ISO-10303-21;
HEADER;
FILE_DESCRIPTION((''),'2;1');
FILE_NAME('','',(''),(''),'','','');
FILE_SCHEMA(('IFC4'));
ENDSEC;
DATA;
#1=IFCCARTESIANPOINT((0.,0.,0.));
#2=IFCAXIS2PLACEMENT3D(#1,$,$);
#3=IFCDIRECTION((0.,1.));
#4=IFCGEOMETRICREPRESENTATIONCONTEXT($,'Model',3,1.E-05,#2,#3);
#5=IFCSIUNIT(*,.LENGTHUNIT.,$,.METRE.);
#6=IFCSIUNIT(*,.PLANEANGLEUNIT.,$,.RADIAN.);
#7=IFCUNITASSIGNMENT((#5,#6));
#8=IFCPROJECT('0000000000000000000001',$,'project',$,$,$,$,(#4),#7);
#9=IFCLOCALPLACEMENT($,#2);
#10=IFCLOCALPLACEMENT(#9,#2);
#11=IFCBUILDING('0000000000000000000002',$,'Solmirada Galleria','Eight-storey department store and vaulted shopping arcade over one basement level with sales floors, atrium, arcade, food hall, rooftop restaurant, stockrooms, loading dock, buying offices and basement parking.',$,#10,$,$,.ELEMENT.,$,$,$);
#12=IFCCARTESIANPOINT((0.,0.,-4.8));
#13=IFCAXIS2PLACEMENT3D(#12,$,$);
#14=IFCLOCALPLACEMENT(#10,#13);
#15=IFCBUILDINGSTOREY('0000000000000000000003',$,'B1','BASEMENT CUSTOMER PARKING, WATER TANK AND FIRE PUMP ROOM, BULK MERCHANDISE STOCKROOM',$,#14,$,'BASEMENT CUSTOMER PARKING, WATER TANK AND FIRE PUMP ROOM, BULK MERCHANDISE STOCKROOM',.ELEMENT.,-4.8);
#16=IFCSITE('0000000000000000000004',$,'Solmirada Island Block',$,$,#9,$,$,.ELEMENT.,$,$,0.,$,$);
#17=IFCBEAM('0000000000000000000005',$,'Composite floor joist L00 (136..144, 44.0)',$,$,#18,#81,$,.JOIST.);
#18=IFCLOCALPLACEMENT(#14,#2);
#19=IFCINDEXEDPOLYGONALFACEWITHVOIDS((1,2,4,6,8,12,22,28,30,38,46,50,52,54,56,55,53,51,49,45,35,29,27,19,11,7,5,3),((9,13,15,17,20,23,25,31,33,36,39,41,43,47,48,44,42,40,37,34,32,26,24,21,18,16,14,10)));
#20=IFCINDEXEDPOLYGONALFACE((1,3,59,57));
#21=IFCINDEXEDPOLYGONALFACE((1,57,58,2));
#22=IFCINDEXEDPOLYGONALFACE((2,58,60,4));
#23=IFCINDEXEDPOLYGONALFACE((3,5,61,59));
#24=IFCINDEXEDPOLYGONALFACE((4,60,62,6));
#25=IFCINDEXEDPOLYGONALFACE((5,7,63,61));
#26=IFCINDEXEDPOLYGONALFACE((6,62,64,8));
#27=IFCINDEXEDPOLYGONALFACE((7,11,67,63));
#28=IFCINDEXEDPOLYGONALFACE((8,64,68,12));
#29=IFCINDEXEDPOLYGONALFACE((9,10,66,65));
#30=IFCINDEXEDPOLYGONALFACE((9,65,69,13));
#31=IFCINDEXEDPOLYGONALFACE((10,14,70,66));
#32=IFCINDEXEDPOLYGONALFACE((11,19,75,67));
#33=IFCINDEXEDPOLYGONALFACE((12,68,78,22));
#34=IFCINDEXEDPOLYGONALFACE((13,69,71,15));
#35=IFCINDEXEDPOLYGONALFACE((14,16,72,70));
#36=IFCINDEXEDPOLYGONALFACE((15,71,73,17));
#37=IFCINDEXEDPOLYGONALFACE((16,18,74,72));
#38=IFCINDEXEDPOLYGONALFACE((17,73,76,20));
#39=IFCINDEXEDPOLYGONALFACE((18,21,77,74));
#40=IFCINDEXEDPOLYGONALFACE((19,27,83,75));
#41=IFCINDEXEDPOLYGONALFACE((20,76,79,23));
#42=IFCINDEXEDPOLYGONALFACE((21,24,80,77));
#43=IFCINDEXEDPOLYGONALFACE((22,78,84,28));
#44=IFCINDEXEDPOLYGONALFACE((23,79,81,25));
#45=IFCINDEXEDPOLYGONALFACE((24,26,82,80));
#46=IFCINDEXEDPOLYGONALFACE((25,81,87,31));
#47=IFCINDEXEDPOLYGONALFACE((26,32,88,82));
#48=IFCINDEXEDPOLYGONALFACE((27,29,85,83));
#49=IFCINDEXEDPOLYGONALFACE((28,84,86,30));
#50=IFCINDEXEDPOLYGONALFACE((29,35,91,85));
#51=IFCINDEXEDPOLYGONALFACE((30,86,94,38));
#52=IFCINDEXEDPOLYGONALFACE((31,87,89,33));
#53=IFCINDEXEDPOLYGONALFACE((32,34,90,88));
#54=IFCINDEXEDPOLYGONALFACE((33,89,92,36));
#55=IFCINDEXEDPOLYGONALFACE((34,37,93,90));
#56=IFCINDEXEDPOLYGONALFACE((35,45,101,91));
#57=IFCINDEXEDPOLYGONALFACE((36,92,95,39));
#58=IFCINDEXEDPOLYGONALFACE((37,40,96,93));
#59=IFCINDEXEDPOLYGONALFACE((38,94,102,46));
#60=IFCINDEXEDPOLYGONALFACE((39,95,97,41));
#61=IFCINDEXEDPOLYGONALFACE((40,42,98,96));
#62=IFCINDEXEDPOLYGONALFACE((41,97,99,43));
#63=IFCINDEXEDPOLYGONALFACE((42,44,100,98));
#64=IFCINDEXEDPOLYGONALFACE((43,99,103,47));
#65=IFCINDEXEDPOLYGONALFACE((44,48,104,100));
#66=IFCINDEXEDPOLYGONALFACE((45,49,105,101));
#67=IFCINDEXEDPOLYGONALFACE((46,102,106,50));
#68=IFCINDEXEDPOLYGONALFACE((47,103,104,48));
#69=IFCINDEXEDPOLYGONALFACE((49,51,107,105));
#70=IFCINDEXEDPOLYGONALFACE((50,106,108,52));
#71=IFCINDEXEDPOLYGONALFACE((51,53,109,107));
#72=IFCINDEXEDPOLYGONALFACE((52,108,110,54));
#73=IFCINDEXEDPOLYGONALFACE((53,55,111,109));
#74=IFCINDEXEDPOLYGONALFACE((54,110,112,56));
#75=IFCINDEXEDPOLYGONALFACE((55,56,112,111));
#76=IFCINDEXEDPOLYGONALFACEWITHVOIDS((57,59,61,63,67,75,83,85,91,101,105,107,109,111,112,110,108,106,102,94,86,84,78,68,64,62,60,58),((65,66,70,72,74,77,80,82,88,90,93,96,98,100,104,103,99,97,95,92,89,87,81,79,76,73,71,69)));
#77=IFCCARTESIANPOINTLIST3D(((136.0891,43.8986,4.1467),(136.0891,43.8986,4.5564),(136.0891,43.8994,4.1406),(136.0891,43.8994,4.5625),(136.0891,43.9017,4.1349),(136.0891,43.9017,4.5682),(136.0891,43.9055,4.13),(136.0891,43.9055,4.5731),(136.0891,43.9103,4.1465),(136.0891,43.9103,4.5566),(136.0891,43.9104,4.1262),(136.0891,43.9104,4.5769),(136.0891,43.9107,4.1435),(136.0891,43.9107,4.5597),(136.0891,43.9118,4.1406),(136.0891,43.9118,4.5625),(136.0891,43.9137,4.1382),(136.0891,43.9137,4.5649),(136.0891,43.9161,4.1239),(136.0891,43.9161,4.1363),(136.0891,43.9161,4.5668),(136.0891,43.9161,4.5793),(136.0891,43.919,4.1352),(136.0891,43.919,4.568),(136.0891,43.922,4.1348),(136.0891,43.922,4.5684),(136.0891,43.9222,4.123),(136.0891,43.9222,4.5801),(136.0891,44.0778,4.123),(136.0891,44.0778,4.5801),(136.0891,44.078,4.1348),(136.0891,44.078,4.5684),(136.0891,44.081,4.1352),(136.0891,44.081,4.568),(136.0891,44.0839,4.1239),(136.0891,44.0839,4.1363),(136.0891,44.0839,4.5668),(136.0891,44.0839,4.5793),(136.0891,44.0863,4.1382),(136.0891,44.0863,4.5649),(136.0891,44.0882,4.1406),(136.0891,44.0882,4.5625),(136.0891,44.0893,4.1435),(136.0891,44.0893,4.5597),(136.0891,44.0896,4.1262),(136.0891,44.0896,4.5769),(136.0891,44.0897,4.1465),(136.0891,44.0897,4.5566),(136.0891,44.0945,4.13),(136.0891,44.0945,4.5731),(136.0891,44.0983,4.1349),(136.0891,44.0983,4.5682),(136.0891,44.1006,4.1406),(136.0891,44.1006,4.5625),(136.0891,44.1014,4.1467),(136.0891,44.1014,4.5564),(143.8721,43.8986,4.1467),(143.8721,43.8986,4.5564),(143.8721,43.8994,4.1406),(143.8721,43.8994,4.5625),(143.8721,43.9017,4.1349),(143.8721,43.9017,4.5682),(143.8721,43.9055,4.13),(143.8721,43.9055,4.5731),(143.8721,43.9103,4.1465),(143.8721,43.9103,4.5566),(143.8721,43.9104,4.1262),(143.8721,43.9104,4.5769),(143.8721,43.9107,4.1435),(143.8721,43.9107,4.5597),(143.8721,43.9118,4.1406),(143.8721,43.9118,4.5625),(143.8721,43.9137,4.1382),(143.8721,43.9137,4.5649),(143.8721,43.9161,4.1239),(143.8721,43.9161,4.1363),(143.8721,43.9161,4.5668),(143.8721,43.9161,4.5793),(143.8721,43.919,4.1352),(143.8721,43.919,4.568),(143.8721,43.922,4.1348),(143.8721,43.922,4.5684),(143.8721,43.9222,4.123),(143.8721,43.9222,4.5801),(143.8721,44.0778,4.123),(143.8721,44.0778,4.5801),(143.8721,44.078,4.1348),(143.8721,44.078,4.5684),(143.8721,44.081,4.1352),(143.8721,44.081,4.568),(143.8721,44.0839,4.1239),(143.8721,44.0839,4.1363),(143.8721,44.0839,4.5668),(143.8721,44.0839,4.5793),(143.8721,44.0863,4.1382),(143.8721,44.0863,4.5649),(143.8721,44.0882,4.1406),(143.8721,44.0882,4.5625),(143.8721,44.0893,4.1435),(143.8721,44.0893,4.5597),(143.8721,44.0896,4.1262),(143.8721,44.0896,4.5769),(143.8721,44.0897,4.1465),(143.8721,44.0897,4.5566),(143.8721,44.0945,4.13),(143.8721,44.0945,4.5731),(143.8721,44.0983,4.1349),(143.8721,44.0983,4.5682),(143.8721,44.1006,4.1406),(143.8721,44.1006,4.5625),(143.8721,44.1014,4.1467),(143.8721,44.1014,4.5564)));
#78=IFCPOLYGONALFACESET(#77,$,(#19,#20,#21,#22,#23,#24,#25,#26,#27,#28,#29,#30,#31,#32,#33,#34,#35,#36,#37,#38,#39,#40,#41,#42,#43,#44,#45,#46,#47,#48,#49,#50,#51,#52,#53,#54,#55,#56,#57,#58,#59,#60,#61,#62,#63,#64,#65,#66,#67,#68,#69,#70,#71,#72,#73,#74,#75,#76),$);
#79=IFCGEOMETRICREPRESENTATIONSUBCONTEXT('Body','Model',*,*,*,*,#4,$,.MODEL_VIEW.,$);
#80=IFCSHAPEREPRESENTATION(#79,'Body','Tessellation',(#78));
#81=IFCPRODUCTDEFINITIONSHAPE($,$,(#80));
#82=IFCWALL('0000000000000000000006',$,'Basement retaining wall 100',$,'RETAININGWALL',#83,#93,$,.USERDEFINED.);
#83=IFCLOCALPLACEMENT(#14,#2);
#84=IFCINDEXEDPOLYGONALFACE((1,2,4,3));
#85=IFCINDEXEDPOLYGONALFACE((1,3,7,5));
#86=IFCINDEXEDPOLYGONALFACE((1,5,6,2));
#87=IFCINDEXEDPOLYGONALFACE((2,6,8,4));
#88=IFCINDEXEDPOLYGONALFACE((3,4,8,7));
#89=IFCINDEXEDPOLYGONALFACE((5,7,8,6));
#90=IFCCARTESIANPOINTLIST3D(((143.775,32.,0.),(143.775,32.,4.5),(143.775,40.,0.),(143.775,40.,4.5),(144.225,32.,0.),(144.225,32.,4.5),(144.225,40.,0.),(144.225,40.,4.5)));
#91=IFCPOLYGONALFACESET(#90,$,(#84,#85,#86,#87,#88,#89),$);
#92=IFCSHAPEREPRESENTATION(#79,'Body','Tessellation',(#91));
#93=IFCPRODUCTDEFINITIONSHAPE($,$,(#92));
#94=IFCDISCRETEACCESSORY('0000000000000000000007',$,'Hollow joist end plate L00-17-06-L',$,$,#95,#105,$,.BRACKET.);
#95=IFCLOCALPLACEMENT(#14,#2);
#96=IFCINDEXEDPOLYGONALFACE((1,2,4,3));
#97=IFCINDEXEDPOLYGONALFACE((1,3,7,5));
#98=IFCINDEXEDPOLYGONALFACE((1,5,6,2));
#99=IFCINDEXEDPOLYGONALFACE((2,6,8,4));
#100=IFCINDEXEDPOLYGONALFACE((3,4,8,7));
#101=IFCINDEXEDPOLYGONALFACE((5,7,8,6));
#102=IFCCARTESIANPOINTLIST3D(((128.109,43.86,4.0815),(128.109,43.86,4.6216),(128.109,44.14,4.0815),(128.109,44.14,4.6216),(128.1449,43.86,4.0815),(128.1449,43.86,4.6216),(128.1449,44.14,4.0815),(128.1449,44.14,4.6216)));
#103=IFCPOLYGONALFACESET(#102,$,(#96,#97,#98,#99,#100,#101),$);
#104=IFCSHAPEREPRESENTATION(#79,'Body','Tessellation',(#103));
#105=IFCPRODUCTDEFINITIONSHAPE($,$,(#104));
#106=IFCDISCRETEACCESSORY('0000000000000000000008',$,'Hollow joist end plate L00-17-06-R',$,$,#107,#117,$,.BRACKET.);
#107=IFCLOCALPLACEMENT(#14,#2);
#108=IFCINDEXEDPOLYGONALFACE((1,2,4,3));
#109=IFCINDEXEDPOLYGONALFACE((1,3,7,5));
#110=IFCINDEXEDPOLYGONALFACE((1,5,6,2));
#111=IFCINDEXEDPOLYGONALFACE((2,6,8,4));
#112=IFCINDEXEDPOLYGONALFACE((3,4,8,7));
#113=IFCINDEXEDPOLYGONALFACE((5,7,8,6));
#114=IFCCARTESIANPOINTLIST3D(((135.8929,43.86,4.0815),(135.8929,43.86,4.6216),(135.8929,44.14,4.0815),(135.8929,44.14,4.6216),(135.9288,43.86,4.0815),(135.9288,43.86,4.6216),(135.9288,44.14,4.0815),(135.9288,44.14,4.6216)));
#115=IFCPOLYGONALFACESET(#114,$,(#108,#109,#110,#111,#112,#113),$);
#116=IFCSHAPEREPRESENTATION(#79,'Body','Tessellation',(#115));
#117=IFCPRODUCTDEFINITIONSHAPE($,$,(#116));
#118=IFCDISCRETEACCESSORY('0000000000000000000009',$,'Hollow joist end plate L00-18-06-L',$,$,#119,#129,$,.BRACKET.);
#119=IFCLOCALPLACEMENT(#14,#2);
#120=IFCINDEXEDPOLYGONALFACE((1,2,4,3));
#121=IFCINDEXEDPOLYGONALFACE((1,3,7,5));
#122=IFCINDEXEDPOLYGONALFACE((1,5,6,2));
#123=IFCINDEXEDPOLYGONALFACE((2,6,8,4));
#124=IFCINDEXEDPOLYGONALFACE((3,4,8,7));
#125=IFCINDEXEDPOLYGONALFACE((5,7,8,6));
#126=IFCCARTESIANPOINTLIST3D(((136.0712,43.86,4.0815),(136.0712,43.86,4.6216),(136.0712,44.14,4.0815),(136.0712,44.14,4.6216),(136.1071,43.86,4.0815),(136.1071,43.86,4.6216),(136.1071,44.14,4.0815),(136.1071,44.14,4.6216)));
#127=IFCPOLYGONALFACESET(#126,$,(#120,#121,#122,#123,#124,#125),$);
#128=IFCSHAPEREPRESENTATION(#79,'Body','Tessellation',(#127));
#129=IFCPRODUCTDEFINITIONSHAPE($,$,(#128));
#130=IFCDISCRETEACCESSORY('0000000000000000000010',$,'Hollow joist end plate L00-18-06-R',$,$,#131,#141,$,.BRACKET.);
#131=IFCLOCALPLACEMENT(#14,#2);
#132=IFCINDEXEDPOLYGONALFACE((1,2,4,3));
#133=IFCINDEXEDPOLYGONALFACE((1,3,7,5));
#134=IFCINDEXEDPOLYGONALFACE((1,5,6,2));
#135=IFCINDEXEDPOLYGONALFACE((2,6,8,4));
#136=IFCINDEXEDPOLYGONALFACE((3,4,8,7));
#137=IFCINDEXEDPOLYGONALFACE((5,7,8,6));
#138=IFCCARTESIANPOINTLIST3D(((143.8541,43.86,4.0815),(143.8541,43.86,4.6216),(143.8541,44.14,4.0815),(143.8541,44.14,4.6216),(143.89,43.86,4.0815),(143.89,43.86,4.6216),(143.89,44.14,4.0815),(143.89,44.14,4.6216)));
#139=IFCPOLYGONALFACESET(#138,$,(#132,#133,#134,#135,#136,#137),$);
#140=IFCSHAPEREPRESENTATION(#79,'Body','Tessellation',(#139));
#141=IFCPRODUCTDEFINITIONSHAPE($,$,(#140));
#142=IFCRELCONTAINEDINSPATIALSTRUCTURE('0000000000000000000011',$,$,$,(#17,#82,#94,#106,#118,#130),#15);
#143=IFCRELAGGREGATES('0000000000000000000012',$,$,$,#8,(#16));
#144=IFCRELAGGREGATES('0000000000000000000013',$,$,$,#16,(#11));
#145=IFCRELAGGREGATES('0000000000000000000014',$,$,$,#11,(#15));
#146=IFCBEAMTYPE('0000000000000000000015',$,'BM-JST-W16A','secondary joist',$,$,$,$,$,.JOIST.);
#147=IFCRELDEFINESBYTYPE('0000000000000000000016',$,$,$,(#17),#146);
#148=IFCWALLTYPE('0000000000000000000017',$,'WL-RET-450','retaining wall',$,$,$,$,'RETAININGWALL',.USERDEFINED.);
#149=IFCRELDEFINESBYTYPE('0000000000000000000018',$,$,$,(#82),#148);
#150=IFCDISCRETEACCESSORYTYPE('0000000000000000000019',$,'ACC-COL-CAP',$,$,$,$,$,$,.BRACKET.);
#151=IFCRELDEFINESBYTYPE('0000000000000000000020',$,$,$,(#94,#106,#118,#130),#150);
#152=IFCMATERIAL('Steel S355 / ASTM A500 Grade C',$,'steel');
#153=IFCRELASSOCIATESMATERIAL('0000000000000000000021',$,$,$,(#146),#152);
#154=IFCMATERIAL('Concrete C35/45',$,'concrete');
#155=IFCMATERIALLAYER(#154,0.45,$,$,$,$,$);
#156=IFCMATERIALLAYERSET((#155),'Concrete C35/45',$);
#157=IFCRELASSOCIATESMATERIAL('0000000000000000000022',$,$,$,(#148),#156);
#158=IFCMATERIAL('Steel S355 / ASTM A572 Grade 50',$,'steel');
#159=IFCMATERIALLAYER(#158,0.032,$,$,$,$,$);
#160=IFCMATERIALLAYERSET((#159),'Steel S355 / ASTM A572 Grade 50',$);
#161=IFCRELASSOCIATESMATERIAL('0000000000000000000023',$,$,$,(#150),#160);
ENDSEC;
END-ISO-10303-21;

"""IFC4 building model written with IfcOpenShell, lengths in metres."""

from ifc_helpers import new_model, si_unit, direction, frame, frame_2d, origin, origin_2d, place, context, subcontext, project, spatial, rectangle, hollow_rectangle, extrude, material, layer, layer_set, material_profile, profile_set, type_object, element, save


model = new_model("IFC4")

# Units and contexts
model_context = context("Model", 3, precision=1e-05, world=origin(), true_north=direction((0.0, 1.0)))
body_context = subcontext(model_context, "Body", "Model", "MODEL_VIEW")
ifc_project = project(units=[si_unit("LENGTHUNIT", "METRE"), si_unit("PLANEANGLEUNIT", "RADIAN")], contexts=[model_context])

# Site, building, storey
site_placement = place(None, origin())
site = spatial("IfcSite", under=ifc_project, at=site_placement, Name="Solmirada Island Block", CompositionType="ELEMENT", RefElevation=0.0)
building_placement = place(site_placement, origin())
building = spatial("IfcBuilding", under=site, at=building_placement, Name="Solmirada Galleria", Description="Eight-storey department store and vaulted shopping arcade over one basement level with sales floors, atrium, arcade, food hall, rooftop restaurant, stockrooms, loading dock, buying offices and basement parking.", CompositionType="ELEMENT")
storey_placement = place(building_placement, frame((0.0, 0.0, -4.8)))
storey = spatial("IfcBuildingStorey", under=building, at=storey_placement, Name="B1", Description="BASEMENT CUSTOMER PARKING, WATER TANK AND FIRE PUMP ROOM, BULK MERCHANDISE STOCKROOM", LongName="BASEMENT CUSTOMER PARKING, WATER TANK AND FIRE PUMP ROOM, BULK MERCHANDISE STOCKROOM", CompositionType="ELEMENT", Elevation=-4.8)

# Shared definitions
ifc_material_1 = material(Name="Concrete C35/45", Category="concrete")

# Shared definitions
ifc_material_2 = material(Name="Steel S355 / ASTM A500 Grade C", Category="steel")

# Beam
ifc_material_profile_1 = material_profile(ifc_material_2, hollow_rectangle(XDim=0.2029, YDim=0.457, WallThickness=0.0117, InnerFilletRadius=0.0117, OuterFilletRadius=0.0237, at=origin_2d()), Name="HSS18X8X1/2")
ifc_profile_set_1 = profile_set([ifc_material_profile_1], Name="Steel S355 / ASTM A500 Grade C")
beam_type_1 = type_object("IfcBeamType", Name="BM-JST-W16A", Description="secondary joist", PredefinedType="JOIST", material=ifc_profile_set_1)
beam_1_placement = place(storey_placement, frame((136.0891, 44.0, 4.3516), z_axis=(1.0, 0.0, 0.0), x_axis=(0.0, 1.0, 0.0)))
element("IfcBeam", 1, at=beam_1_placement, inside=storey, type_object=beam_type_1, Name="Composite floor joist L00 (136..144, 44.0)", PredefinedType="JOIST", context=body_context, shape_type="SweptSolid", body=[
    extrude(hollow_rectangle(XDim=0.2029, YDim=0.457, WallThickness=0.0117, InnerFilletRadius=0.0117, OuterFilletRadius=0.0237, at=origin_2d()), origin(), (0.0, 0.0, 1.0), 7.783),
])

# Wall
ifc_layer_1 = layer(ifc_material_1, 0.45)
ifc_layer_set_1 = layer_set([ifc_layer_1], Name="Concrete C35/45")
wall_type = type_object("IfcWallType", Name="WL-RET-450", Description="retaining wall", ElementType="RETAININGWALL", PredefinedType="USERDEFINED", material=ifc_layer_set_1)
wall_placement = place(storey_placement, frame((144.0, 40.0, 0.0), z_axis=(0.0, 0.0, 1.0), x_axis=(0.0, -1.0, 0.0)))
element("IfcWall", 2, at=wall_placement, inside=storey, type_object=wall_type, Name="Basement retaining wall 100", ObjectType="RETAININGWALL", PredefinedType="USERDEFINED", context=body_context, shape_type="SweptSolid", body=[
    extrude(rectangle(XDim=8.0, YDim=0.45, at=frame_2d((4.0, 0.0))), origin(), (0.0, 0.0, 1.0), 4.5),
])

# Discrete accessories
ifc_material_3 = material(Name="Steel S355 / ASTM A572 Grade 50", Category="steel")
ifc_layer_2 = layer(ifc_material_3, 0.032)
ifc_layer_set_2 = layer_set([ifc_layer_2], Name="Steel S355 / ASTM A572 Grade 50")
discrete_accessory_type = type_object("IfcDiscreteAccessoryType", Name="ACC-COL-CAP", PredefinedType="BRACKET", material=ifc_layer_set_2)
for number, where, z_axis, x_axis, name in (
    (3, (128.127, 44.0, 4.0815), (0.0, 0.0, 1.0), (1.0, 0.0, 0.0), "Hollow joist end plate L00-17-06-L"),
    (4, (135.9109, 44.0, 4.0815), (0.0, 0.0, 1.0), (1.0, 0.0, 0.0), "Hollow joist end plate L00-17-06-R"),
    (5, (136.0891, 44.0, 4.0815), (0.0, 0.0, 1.0), (1.0, 0.0, 0.0), "Hollow joist end plate L00-18-06-L"),
    (6, (143.8721, 44.0, 4.0815), (0.0, 0.0, 1.0), (1.0, 0.0, 0.0), "Hollow joist end plate L00-18-06-R"),
):
    element("IfcDiscreteAccessory", number, at=place(storey_placement, frame(where, z_axis=z_axis, x_axis=x_axis)), inside=storey, type_object=discrete_accessory_type, Name=name, PredefinedType="BRACKET", context=body_context, shape_type="SweptSolid", body=[
        extrude(rectangle(XDim=0.0359, YDim=0.28, at=origin_2d()), origin(), (0.0, 0.0, 1.0), 0.54),
    ])

save(model, "model.ifc")
